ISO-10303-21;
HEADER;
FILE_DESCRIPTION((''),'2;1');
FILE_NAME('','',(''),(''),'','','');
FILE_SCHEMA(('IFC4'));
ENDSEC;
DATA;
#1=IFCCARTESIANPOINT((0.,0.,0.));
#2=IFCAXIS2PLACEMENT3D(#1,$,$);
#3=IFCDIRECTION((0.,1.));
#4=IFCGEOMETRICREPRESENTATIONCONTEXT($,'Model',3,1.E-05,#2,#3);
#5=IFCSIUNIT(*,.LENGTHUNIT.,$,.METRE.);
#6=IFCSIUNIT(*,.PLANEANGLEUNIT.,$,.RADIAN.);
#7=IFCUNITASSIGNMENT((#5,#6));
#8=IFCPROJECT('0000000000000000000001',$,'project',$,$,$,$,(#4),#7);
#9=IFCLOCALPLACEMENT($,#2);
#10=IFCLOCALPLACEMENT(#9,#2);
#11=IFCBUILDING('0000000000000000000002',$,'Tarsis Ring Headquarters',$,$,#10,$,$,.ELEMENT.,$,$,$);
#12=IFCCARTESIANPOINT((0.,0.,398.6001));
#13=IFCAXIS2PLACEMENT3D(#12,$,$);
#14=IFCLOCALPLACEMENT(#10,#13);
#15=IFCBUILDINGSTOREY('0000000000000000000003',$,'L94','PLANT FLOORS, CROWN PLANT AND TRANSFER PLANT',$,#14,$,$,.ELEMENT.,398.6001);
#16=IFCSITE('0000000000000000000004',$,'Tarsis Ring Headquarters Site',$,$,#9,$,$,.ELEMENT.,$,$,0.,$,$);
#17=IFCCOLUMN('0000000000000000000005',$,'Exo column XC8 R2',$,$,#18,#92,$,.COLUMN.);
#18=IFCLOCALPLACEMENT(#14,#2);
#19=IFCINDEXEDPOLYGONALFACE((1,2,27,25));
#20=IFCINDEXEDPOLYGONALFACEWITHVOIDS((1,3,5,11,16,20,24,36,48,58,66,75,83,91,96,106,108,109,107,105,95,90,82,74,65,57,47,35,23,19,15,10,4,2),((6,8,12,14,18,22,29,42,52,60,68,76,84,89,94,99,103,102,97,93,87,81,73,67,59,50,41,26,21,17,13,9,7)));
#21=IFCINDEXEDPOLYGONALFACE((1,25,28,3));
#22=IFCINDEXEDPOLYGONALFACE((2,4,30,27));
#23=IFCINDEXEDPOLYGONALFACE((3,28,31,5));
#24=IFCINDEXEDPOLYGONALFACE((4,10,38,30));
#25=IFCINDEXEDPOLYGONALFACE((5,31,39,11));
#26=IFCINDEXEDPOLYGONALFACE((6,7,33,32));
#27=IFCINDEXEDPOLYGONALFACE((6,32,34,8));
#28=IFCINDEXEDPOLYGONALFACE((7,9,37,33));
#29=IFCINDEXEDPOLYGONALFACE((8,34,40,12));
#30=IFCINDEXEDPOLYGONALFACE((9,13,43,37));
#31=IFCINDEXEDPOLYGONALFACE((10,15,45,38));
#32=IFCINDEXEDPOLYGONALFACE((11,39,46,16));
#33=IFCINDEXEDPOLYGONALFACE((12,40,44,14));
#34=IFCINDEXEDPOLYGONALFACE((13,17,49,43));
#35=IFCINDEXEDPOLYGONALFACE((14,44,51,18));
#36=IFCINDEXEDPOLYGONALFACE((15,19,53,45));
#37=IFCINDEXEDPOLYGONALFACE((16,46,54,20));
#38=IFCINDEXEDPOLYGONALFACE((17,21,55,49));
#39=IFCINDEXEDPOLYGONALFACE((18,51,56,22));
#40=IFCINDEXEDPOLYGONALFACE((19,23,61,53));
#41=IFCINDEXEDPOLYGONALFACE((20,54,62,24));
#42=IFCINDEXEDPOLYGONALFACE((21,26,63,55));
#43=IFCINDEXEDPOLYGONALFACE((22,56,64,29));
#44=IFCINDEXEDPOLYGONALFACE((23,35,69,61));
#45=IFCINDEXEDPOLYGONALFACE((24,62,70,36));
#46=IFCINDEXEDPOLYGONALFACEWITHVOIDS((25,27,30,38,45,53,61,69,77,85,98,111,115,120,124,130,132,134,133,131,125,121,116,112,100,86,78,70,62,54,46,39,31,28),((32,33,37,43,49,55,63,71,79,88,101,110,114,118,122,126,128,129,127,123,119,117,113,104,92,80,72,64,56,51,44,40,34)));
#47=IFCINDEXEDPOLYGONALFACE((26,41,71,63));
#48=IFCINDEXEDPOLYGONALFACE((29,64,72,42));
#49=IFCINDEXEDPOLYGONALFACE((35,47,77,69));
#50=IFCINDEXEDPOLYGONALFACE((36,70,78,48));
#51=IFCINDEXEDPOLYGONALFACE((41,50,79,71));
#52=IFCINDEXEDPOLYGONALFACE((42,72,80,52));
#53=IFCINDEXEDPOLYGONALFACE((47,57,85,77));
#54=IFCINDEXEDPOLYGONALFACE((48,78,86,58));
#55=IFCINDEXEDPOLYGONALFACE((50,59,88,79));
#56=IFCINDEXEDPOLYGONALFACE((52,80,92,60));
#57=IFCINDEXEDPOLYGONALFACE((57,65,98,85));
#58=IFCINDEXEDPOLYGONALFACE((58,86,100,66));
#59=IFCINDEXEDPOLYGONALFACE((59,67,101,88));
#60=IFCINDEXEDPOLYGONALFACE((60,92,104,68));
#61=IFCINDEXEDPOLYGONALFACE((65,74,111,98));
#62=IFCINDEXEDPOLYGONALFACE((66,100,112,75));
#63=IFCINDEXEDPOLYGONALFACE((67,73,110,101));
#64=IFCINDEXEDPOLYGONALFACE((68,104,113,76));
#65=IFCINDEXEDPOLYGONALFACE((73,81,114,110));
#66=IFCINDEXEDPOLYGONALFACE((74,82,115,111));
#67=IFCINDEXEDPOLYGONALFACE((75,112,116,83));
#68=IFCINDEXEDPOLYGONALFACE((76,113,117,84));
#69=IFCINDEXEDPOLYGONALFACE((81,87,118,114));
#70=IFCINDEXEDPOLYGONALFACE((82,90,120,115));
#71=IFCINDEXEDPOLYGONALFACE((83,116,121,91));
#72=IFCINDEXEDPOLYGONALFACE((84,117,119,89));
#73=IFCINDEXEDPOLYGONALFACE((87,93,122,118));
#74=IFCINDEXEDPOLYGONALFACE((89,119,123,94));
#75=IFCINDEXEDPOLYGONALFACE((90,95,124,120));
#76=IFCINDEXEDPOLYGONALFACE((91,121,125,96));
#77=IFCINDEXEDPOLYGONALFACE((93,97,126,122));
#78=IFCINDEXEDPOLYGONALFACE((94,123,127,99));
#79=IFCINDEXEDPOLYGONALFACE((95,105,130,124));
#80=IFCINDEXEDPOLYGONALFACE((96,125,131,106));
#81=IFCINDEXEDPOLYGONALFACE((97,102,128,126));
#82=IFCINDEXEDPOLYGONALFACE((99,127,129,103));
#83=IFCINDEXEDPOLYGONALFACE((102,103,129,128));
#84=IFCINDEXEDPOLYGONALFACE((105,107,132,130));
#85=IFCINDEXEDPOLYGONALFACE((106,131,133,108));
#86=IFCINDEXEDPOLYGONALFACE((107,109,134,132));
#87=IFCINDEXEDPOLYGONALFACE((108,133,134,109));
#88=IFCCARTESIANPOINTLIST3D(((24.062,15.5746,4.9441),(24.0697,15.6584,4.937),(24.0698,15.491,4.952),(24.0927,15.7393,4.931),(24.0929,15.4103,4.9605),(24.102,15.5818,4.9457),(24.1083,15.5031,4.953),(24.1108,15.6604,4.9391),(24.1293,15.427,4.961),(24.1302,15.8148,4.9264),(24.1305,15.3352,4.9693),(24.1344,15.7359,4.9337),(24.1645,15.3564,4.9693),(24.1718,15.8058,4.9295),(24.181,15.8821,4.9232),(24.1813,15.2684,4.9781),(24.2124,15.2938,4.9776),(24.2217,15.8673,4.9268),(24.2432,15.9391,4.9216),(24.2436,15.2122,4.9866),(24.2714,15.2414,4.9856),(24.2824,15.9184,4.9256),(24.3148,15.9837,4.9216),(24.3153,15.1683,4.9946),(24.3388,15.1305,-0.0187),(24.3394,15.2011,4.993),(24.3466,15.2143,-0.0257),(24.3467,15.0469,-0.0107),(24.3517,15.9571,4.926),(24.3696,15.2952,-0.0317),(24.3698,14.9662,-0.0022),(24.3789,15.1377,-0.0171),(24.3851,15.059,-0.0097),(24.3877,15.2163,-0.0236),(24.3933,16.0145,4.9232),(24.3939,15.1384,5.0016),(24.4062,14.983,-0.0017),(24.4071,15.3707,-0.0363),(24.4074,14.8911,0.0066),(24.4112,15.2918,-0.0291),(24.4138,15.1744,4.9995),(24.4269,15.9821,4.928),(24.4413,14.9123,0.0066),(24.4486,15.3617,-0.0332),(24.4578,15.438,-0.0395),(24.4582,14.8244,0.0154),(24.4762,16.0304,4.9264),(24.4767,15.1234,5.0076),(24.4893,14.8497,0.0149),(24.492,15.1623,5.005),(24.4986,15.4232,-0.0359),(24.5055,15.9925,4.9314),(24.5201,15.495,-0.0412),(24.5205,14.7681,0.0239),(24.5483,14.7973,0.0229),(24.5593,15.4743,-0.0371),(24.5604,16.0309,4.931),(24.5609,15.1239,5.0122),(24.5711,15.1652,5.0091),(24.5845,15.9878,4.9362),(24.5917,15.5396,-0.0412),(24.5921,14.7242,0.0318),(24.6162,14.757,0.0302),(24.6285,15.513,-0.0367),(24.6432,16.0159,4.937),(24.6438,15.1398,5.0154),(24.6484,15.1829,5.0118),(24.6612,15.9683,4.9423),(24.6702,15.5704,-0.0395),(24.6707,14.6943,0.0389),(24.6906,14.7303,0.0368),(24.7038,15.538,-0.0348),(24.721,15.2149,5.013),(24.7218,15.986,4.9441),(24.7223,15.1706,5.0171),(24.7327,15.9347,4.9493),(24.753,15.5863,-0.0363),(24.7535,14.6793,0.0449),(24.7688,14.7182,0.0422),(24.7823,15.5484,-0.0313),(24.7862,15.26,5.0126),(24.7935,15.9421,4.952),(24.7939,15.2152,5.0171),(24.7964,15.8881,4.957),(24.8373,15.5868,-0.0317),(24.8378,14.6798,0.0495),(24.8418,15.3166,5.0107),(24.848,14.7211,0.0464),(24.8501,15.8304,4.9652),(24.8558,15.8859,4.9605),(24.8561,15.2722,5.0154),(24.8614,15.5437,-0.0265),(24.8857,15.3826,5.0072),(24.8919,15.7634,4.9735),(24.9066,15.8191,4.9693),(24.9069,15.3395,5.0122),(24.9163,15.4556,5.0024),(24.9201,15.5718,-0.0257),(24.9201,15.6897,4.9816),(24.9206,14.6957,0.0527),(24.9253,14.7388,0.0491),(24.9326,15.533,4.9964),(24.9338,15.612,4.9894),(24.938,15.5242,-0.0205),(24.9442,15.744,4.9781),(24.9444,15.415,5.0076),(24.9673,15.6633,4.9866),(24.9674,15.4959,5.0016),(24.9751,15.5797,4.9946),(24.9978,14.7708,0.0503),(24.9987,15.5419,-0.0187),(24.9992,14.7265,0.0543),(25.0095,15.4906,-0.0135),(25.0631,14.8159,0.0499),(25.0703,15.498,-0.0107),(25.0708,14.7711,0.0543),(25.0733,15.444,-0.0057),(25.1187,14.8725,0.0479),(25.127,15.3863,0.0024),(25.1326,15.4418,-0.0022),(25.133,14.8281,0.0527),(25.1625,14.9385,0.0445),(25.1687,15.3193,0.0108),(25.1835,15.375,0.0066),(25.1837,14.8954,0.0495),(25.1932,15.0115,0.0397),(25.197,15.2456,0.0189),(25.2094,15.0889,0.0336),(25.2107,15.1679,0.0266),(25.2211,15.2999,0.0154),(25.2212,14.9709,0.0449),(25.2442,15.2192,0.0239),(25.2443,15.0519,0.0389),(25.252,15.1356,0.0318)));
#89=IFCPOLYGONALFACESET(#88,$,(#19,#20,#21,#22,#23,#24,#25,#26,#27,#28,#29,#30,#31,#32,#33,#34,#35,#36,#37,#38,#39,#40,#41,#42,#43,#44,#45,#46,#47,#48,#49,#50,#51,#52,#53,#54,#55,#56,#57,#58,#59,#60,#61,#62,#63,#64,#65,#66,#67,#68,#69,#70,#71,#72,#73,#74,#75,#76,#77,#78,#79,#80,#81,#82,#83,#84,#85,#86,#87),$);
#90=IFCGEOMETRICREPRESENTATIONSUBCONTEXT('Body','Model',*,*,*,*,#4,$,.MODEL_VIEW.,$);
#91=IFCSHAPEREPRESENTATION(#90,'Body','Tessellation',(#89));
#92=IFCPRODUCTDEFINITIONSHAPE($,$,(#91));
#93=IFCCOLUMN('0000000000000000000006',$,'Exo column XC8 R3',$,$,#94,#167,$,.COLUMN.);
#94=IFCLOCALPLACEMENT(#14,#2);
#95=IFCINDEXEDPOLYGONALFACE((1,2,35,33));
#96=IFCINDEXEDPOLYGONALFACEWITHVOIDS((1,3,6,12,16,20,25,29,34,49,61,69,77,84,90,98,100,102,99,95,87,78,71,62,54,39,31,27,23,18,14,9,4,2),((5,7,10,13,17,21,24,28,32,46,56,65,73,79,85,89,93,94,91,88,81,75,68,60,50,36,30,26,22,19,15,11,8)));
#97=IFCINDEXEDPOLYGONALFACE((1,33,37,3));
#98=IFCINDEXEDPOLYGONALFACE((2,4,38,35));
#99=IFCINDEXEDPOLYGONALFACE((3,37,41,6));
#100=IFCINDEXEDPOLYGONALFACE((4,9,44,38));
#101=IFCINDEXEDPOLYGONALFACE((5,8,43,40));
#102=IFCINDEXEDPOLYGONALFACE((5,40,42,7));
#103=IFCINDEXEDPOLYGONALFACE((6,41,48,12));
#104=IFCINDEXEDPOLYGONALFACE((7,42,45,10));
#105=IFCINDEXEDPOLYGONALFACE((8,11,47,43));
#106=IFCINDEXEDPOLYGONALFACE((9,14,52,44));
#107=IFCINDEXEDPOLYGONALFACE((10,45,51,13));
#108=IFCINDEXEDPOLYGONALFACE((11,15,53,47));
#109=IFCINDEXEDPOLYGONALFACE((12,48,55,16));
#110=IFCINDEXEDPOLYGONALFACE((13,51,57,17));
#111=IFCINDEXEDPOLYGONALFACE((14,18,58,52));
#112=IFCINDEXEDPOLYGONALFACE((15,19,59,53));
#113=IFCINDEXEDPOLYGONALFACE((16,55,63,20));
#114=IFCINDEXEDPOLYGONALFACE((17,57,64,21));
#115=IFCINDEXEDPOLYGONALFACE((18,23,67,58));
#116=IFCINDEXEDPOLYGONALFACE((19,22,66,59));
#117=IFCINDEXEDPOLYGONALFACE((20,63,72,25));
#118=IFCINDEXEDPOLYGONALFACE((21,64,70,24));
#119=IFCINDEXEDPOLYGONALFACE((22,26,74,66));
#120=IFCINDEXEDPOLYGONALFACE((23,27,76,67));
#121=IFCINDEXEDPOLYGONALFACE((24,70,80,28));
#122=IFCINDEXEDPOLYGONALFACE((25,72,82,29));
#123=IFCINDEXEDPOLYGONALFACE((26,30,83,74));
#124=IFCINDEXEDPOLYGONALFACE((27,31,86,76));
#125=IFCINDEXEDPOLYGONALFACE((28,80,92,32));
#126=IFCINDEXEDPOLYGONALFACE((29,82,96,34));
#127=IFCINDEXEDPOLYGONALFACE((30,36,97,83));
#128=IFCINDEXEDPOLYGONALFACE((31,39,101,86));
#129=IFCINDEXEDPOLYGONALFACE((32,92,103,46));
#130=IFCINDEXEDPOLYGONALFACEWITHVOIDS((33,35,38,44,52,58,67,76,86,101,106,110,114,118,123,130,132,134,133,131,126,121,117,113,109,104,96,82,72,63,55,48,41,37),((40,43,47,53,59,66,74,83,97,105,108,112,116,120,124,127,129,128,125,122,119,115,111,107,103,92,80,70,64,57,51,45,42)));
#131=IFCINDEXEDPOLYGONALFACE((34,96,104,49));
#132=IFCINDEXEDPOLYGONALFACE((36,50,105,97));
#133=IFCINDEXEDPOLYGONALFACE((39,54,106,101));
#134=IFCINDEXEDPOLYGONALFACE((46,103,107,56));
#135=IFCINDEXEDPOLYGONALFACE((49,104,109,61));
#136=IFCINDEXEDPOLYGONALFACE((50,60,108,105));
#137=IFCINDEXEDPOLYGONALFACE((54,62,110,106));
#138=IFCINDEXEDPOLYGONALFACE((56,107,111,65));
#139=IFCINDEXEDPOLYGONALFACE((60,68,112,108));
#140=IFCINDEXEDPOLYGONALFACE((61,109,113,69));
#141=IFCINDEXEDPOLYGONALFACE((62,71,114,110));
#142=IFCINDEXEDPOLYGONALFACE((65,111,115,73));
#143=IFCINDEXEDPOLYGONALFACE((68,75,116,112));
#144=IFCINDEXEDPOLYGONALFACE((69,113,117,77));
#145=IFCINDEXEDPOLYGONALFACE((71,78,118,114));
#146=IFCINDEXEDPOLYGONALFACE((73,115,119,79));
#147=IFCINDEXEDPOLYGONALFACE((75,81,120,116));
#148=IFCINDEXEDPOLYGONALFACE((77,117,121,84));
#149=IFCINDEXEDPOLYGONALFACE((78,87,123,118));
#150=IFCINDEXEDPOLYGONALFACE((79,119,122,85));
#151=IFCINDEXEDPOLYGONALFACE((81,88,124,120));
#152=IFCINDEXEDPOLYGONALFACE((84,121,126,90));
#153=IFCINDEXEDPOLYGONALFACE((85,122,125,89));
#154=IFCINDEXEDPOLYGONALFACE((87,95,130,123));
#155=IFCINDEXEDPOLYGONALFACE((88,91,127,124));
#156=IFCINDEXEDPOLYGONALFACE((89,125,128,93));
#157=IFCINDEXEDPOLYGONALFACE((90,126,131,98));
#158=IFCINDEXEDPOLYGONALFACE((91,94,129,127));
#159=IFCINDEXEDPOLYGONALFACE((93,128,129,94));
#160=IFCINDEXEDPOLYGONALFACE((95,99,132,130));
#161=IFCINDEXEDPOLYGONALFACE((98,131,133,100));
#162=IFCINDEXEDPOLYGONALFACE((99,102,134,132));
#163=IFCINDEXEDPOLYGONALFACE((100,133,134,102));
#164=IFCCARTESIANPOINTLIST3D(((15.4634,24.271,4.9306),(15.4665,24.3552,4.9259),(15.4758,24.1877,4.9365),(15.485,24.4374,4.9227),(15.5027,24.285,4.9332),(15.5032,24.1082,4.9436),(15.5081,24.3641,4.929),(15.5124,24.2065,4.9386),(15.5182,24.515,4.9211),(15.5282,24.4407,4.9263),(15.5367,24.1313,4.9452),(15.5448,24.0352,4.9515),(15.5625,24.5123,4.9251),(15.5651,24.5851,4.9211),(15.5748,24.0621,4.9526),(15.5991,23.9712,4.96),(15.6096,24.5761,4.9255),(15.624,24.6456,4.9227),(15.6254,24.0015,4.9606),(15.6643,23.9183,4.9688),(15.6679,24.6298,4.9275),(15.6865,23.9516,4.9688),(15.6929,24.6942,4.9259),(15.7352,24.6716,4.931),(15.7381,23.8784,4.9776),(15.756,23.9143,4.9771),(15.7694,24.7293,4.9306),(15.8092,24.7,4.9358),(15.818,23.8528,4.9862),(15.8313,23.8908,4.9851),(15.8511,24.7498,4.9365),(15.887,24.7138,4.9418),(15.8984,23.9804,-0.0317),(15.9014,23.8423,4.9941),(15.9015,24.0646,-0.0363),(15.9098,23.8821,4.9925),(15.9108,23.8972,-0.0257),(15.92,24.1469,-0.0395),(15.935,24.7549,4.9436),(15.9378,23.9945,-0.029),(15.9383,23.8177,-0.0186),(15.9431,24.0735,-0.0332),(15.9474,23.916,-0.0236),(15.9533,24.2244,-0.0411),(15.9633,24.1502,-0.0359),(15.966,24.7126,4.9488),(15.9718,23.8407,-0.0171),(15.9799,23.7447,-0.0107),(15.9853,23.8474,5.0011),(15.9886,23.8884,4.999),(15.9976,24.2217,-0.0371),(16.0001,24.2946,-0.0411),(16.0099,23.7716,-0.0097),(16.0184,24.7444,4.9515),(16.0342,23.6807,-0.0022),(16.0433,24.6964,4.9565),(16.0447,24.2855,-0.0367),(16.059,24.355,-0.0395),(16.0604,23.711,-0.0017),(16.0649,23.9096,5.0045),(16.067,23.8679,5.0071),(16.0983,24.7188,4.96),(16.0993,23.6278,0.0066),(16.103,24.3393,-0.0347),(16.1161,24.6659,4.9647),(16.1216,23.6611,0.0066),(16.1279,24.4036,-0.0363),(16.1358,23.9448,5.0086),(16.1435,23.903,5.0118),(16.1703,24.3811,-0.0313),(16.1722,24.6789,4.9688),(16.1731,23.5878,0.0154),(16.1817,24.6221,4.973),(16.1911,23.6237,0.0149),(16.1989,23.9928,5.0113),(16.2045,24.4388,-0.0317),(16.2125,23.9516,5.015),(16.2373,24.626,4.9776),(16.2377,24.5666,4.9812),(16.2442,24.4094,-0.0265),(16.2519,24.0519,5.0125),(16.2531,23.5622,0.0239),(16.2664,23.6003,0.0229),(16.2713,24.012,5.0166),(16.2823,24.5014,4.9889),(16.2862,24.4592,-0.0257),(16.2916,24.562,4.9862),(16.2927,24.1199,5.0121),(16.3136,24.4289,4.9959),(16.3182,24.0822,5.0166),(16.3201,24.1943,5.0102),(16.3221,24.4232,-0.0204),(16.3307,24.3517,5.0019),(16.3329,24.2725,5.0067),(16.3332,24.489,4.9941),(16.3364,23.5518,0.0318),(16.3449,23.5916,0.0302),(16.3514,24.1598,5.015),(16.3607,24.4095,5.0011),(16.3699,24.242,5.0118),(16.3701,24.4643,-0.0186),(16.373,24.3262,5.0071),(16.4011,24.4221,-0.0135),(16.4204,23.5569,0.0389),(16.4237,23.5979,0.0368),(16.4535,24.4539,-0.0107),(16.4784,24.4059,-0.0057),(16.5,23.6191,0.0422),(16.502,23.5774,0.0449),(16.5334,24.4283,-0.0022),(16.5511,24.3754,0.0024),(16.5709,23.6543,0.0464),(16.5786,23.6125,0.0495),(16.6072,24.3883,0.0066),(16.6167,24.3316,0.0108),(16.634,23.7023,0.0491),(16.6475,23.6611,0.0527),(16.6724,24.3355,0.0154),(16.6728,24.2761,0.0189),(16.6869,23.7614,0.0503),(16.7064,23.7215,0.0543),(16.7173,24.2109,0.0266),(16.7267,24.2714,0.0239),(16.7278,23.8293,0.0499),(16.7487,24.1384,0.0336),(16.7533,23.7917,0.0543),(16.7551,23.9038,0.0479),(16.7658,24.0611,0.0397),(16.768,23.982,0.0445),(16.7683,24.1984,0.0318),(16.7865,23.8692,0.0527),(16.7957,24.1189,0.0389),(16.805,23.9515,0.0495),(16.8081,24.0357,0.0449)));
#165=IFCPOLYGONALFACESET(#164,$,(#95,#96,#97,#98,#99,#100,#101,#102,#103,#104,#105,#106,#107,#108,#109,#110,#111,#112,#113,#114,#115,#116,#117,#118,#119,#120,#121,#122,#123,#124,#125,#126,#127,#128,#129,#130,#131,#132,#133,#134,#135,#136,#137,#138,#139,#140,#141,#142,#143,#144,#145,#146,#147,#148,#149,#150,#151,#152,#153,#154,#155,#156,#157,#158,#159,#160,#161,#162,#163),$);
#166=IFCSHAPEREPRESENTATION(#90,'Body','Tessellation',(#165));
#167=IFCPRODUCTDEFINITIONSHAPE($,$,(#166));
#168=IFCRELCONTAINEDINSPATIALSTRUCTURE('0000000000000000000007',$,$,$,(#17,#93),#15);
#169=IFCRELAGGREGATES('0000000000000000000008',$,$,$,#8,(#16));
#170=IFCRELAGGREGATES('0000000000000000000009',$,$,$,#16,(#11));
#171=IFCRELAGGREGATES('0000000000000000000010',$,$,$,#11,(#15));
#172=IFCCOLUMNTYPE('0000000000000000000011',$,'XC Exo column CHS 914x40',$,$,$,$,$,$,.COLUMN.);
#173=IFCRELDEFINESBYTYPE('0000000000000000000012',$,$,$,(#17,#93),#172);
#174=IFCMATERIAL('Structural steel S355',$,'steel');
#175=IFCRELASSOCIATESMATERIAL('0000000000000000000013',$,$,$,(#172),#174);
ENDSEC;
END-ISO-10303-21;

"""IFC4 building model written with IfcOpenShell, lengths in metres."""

from ifc_helpers import new_model, si_unit, direction, frame, origin, origin_2d, place, context, subcontext, project, spatial, hollow_circle, extrude, material, material_profile, profile_set, type_object, element, save


model = new_model("IFC4")

# Units and contexts
model_context = context("Model", 3, precision=1e-05, world=origin(), true_north=direction((0.0, 1.0)))
body_context = subcontext(model_context, "Body", "Model", "MODEL_VIEW")
ifc_project = project(units=[si_unit("LENGTHUNIT", "METRE"), si_unit("PLANEANGLEUNIT", "RADIAN")], contexts=[model_context])

# Site, building, storey
site_placement = place(None, origin())
site = spatial("IfcSite", under=ifc_project, at=site_placement, Name="Tarsis Ring Headquarters Site", CompositionType="ELEMENT", RefElevation=0.0)
building_placement = place(site_placement, origin())
building = spatial("IfcBuilding", under=site, at=building_placement, Name="Tarsis Ring Headquarters", CompositionType="ELEMENT")
storey_placement = place(building_placement, frame((0.0, 0.0, 398.6001)))
storey = spatial("IfcBuildingStorey", under=building, at=storey_placement, Name="L94", Description="PLANT FLOORS, CROWN PLANT AND TRANSFER PLANT", CompositionType="ELEMENT", Elevation=398.6001)

# Columns
ifc_material_1 = material(Name="Structural steel S355", Category="steel")
ifc_material_profile_1 = material_profile(ifc_material_1, hollow_circle(Radius=0.457, WallThickness=0.04, at=origin_2d()), Name="CHS 914x40")
ifc_profile_set_1 = profile_set([ifc_material_profile_1], Name="Structural steel S355")
column_type = type_object("IfcColumnType", Name="XC Exo column CHS 914x40", PredefinedType="COLUMN", material=ifc_profile_set_1)
column_1_placement = place(storey_placement, frame((24.7954, 15.1331, 0.0066), z_axis=(-0.05548, 0.088993, 0.994486), x_axis=(-0.848601, -0.529034, 0.0)))
element("IfcColumn", 1, at=column_1_placement, inside=storey, type_object=column_type, Name="Exo column XC8 R2", PredefinedType="COLUMN", context=body_context, shape_type="SweptSolid", body=[
    extrude(hollow_circle(Radius=0.4573, WallThickness=0.04, at=origin_2d()), origin(), (0.0, 0.0, 1.0), 4.9902),
])
column_2_placement = place(storey_placement, frame((16.3533, 24.0081, 0.0066), z_axis=(-0.087192, 0.058226, 0.994488), x_axis=(-0.555346, -0.831619, 0.0)))
element("IfcColumn", 2, at=column_2_placement, inside=storey, type_object=column_type, Name="Exo column XC8 R3", PredefinedType="COLUMN", context=body_context, shape_type="SweptSolid", body=[
    extrude(hollow_circle(Radius=0.4573, WallThickness=0.04, at=origin_2d()), origin(), (0.0, 0.0, 1.0), 4.9897),
])

save(model, "model.ifc")
